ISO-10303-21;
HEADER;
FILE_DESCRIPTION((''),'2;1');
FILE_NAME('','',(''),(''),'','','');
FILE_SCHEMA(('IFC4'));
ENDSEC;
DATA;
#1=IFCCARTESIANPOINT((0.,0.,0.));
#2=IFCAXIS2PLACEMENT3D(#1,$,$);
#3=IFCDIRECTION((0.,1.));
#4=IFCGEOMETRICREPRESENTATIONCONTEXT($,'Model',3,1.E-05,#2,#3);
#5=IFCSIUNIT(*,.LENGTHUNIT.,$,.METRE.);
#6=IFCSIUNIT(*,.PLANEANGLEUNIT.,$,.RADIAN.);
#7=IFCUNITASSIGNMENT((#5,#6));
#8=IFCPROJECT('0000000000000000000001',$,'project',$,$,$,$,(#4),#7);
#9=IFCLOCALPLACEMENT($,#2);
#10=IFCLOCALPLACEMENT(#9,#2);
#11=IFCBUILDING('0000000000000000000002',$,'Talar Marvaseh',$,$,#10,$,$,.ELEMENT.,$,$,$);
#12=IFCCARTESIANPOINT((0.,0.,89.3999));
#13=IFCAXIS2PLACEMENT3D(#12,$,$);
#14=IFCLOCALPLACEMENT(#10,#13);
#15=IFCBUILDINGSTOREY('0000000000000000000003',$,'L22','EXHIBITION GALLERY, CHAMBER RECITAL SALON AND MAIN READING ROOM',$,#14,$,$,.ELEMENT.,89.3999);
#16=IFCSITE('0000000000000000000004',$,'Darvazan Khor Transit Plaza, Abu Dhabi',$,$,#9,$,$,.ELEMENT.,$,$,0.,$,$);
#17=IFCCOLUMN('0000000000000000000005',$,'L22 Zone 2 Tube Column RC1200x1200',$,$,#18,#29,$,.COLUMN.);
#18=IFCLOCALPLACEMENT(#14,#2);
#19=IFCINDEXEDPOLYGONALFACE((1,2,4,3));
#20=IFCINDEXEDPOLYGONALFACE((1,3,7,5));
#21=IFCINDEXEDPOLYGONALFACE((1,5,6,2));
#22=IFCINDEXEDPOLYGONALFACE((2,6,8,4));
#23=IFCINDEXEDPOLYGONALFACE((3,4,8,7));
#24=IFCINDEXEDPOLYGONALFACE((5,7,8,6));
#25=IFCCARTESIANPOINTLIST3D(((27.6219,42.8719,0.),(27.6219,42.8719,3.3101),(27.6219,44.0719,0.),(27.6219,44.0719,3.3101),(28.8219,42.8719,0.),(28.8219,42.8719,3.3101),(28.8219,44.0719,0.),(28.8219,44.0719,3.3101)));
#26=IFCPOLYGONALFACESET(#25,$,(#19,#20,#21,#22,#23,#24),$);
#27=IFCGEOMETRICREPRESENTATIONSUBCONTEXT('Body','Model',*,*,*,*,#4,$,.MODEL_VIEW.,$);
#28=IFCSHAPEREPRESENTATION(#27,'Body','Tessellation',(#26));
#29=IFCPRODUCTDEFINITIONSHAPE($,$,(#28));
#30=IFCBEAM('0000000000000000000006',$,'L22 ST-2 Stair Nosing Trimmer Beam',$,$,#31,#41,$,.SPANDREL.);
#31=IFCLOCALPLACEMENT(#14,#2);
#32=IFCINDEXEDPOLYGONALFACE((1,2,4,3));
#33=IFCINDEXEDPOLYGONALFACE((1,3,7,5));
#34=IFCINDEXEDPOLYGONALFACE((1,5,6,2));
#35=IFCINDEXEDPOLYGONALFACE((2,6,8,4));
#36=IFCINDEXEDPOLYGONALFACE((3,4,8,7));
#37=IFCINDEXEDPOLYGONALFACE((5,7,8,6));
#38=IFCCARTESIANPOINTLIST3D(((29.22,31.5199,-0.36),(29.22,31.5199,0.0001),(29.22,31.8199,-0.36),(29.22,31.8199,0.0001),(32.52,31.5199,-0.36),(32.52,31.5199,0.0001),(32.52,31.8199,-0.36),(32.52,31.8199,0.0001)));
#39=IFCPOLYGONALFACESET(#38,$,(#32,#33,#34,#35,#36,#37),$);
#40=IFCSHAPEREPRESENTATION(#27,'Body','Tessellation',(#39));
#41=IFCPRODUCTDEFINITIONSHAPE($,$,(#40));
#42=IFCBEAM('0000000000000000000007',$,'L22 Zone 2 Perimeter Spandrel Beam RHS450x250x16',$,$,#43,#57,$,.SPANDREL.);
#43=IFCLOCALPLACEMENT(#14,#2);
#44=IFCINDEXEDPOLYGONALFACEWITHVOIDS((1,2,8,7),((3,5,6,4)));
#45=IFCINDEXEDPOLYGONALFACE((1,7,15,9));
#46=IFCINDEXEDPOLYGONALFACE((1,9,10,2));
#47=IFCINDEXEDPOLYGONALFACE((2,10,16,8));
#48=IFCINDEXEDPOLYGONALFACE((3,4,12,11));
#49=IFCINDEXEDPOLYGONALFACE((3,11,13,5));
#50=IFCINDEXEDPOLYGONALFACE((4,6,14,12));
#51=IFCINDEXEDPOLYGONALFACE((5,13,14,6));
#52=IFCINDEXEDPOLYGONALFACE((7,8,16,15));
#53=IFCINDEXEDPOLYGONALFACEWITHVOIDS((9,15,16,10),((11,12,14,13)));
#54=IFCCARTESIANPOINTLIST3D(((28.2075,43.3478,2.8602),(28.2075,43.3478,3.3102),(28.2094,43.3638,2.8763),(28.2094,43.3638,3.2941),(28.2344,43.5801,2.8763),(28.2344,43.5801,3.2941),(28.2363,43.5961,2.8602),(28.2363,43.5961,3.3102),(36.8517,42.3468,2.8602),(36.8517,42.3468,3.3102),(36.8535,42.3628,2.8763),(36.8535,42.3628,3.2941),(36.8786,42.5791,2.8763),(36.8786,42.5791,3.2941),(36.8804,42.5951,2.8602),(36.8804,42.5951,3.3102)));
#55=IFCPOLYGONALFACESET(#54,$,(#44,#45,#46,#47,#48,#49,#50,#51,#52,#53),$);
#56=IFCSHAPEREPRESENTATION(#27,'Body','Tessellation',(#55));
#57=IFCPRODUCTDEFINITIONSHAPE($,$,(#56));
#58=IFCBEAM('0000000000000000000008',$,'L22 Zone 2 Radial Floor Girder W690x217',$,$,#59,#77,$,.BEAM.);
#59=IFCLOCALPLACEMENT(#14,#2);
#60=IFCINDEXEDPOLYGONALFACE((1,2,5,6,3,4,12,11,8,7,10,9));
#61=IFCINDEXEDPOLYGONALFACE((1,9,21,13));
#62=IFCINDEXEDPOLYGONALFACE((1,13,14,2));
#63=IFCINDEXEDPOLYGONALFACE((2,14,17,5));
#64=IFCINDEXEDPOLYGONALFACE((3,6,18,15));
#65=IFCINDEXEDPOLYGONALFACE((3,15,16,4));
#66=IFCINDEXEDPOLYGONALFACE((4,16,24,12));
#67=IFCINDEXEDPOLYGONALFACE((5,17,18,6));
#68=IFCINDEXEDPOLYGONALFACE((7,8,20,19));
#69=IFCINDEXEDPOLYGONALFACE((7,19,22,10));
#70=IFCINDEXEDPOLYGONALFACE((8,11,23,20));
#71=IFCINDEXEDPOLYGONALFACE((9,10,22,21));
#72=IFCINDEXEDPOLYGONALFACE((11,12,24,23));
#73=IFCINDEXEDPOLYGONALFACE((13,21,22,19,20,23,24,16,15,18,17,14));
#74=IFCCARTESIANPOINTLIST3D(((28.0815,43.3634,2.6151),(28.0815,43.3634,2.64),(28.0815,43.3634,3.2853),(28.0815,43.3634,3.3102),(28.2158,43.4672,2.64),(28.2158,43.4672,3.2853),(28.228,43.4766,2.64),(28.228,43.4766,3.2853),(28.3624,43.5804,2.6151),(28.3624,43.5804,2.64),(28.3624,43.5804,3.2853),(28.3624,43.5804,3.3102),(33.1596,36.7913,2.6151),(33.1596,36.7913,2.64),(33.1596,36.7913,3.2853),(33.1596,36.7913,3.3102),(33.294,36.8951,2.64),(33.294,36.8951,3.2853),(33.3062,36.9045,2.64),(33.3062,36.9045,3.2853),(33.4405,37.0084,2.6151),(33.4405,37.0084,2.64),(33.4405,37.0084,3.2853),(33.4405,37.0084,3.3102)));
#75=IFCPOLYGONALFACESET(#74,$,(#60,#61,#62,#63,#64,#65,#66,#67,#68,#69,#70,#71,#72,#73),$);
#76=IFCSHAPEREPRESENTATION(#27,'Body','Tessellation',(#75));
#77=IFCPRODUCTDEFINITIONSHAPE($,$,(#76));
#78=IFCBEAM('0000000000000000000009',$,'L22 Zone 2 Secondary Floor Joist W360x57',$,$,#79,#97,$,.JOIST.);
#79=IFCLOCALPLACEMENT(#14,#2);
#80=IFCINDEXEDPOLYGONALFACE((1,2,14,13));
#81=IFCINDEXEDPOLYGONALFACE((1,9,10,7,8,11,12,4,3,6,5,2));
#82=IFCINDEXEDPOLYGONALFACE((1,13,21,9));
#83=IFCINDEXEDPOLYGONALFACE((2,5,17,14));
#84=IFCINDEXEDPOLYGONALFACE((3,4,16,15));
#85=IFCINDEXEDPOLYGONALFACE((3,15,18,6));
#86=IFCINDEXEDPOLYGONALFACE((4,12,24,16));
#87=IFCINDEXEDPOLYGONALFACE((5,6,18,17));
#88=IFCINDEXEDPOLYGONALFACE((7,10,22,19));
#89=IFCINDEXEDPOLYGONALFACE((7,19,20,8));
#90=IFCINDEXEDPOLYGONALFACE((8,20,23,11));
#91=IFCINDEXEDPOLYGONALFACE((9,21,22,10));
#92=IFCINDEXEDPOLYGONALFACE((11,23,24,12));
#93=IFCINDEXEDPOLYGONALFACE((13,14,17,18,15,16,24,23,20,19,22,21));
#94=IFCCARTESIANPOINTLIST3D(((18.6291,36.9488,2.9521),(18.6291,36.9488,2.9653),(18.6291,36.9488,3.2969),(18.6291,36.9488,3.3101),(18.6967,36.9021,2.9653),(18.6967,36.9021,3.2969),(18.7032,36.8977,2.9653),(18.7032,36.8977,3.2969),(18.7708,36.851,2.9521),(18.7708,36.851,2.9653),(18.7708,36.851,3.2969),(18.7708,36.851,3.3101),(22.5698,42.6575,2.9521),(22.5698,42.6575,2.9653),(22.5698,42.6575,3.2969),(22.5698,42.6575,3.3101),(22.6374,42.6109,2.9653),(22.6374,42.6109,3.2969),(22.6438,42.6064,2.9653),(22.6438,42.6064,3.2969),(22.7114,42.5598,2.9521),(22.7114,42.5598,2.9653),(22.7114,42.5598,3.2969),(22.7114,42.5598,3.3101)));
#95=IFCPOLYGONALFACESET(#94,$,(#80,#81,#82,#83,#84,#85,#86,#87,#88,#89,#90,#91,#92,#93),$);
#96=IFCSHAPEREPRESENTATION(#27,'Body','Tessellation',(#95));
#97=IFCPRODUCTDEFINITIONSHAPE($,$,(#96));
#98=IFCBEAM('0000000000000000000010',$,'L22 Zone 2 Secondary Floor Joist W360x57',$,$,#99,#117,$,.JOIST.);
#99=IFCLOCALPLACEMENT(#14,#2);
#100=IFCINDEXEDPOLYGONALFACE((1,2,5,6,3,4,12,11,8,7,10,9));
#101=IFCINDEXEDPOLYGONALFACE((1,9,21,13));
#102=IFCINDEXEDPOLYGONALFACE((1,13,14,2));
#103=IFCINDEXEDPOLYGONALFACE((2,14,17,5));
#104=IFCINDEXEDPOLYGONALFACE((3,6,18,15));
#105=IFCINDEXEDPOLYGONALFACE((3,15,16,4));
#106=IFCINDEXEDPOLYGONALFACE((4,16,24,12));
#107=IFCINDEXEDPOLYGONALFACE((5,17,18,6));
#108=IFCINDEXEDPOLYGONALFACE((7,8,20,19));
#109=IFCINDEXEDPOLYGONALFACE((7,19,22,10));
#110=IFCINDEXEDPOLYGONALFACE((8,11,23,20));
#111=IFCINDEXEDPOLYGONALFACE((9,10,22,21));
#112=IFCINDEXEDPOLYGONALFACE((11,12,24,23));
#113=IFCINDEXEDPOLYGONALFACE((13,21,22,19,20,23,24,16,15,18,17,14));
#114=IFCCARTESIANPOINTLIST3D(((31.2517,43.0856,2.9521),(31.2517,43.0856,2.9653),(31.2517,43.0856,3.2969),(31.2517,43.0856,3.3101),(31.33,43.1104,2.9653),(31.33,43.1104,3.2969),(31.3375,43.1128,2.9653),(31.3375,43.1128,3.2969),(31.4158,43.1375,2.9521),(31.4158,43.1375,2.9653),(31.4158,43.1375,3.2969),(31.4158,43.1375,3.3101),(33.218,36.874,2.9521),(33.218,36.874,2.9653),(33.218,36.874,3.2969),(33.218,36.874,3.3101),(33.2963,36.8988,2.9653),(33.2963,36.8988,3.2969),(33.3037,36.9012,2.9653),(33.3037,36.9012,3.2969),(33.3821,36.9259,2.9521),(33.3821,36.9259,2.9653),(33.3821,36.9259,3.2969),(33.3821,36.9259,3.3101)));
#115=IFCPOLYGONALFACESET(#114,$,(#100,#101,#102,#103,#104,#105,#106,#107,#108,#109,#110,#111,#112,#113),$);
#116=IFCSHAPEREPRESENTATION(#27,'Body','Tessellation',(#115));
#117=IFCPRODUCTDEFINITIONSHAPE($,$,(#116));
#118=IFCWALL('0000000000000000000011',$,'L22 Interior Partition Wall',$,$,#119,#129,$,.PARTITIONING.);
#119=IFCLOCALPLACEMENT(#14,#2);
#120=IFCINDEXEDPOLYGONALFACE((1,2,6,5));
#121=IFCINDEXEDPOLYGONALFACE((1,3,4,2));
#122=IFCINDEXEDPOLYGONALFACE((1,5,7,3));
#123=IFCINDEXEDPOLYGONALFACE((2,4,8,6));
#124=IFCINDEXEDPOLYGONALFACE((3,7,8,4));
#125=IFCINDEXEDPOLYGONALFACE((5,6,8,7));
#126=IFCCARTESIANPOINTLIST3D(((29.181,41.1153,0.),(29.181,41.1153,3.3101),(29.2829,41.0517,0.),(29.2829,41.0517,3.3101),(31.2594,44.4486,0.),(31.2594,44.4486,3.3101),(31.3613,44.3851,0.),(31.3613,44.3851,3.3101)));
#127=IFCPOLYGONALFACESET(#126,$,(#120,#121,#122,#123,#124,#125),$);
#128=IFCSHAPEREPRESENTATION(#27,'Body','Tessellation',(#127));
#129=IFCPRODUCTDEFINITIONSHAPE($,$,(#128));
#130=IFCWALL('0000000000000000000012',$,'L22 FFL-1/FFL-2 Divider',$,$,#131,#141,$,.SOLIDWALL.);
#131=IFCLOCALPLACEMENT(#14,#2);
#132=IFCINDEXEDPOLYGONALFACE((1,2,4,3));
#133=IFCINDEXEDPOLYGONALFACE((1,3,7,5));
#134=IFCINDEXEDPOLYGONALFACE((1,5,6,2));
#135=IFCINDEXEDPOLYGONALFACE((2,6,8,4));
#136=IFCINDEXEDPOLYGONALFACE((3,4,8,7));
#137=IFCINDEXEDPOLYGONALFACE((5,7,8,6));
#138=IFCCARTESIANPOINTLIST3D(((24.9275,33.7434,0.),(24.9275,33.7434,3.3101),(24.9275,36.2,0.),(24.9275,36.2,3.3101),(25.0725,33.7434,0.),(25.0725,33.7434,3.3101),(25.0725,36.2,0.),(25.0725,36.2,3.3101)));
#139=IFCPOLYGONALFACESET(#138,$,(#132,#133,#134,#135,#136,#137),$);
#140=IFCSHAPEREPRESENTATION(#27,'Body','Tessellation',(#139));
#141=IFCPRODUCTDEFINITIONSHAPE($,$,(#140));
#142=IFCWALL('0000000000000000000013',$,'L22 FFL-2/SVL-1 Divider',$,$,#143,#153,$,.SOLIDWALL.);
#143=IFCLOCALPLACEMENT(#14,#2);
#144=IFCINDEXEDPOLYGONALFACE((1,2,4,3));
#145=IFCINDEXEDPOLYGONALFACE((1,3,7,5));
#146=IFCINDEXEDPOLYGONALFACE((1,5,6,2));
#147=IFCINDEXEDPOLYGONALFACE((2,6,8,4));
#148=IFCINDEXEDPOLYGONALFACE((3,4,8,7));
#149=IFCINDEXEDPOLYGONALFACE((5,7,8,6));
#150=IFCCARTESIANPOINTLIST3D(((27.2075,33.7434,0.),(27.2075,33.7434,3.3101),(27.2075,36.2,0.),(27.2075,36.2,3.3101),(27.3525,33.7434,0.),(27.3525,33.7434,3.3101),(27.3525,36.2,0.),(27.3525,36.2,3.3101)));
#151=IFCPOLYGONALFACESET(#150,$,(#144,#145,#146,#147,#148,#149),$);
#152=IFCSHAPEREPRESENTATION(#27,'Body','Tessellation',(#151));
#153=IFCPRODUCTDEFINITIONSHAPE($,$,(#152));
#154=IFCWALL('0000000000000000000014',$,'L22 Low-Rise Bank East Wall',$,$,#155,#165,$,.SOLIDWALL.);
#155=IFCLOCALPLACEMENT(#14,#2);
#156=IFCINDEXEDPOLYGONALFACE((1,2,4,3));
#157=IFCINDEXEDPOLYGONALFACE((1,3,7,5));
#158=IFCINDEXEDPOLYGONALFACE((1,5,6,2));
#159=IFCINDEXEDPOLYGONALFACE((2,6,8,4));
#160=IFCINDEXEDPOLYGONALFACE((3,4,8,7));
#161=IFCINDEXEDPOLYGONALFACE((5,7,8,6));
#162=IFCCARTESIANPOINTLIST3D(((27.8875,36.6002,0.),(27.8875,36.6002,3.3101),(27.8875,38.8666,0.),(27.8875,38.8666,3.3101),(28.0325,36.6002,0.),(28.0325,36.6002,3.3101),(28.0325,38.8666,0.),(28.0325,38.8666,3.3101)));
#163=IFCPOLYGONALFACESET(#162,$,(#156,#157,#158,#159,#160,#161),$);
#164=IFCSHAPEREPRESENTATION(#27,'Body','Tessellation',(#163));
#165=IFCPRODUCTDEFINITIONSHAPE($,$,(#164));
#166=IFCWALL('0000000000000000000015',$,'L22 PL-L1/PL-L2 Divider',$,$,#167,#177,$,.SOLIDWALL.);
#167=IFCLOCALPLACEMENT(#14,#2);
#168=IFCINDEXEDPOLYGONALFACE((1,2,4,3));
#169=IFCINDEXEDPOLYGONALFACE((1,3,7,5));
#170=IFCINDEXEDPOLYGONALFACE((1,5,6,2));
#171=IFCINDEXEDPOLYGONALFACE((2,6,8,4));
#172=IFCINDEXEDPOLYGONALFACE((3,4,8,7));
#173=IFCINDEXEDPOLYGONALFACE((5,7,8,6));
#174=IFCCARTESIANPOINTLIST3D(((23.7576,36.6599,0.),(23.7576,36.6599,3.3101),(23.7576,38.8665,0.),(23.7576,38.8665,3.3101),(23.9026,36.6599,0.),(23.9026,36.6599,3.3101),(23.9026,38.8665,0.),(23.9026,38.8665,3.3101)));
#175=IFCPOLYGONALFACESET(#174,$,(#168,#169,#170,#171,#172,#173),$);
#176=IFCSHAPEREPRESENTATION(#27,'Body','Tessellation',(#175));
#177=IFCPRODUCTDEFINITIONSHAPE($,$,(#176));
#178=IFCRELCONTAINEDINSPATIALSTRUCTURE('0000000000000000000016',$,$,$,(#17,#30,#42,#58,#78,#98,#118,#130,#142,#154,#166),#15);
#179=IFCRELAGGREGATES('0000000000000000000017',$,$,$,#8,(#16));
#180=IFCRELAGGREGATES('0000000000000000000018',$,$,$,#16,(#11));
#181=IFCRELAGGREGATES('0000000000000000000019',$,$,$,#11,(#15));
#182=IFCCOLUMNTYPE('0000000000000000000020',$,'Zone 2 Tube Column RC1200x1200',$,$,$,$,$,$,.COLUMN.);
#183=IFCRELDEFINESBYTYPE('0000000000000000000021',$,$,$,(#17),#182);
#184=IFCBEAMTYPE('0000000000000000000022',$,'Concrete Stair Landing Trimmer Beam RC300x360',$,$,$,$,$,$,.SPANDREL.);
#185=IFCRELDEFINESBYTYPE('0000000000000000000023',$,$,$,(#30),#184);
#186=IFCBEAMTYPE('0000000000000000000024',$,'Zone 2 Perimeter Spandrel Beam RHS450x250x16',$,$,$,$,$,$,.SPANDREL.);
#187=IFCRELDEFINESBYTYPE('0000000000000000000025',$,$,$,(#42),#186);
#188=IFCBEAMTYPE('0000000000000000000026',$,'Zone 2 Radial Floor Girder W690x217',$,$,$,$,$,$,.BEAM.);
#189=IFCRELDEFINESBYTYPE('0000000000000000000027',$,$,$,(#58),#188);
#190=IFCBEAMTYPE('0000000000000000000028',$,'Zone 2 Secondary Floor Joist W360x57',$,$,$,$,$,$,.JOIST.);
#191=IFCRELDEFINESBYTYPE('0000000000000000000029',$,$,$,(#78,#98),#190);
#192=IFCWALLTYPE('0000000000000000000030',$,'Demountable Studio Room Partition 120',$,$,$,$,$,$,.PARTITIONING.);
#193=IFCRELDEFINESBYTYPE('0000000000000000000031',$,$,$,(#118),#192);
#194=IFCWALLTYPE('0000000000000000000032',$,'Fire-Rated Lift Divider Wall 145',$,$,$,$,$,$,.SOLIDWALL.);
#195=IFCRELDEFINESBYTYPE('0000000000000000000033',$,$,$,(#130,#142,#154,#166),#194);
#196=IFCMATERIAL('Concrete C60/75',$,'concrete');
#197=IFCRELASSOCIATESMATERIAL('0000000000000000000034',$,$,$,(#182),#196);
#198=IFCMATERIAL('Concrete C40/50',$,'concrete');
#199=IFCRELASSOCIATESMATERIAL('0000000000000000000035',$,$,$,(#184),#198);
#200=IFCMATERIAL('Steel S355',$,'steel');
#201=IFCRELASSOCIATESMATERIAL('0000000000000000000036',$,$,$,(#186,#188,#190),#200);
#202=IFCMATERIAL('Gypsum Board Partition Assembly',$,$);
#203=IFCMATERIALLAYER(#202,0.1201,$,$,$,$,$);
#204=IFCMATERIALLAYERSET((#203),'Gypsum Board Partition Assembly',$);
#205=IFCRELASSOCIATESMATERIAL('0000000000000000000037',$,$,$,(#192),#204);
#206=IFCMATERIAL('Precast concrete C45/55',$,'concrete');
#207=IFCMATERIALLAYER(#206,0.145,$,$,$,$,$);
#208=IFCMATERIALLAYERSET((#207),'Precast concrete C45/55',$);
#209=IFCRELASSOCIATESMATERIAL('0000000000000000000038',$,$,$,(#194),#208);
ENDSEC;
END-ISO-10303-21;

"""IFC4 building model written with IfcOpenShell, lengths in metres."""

from ifc_helpers import new_model, si_unit, direction, frame, frame_2d, origin, origin_2d, place, context, subcontext, project, spatial, rectangle, hollow_rectangle, i_section, extrude, material, layer, layer_set, material_profile, profile_set, type_object, element, save


model = new_model("IFC4")

# Units and contexts
model_context = context("Model", 3, precision=1e-05, world=origin(), true_north=direction((0.0, 1.0)))
body_context = subcontext(model_context, "Body", "Model", "MODEL_VIEW")
ifc_project = project(units=[si_unit("LENGTHUNIT", "METRE"), si_unit("PLANEANGLEUNIT", "RADIAN")], contexts=[model_context])

# Site, building, storey
site_placement = place(None, origin())
site = spatial("IfcSite", under=ifc_project, at=site_placement, Name="Darvazan Khor Transit Plaza, Abu Dhabi", CompositionType="ELEMENT", RefElevation=0.0)
building_placement = place(site_placement, origin())
building = spatial("IfcBuilding", under=site, at=building_placement, Name="Talar Marvaseh", CompositionType="ELEMENT")
storey_placement = place(building_placement, frame((0.0, 0.0, 89.3999)))
storey = spatial("IfcBuildingStorey", under=building, at=storey_placement, Name="L22", Description="EXHIBITION GALLERY, CHAMBER RECITAL SALON AND MAIN READING ROOM", CompositionType="ELEMENT", Elevation=89.3999)

# Column
ifc_material_1 = material(Name="Concrete C60/75", Category="concrete")
ifc_material_profile_1 = material_profile(ifc_material_1, rectangle(XDim=1.2, YDim=1.2, at=origin_2d()), Name="RC1200x1200")
ifc_profile_set_1 = profile_set([ifc_material_profile_1], Name="Concrete C60/75")
column_type = type_object("IfcColumnType", Name="Zone 2 Tube Column RC1200x1200", PredefinedType="COLUMN", material=ifc_profile_set_1)
column_placement = place(storey_placement, frame((28.2219, 43.4719, 0.0), z_axis=(0.0, 0.0, 1.0), x_axis=(1.0, 0.0, 0.0)))
element("IfcColumn", 1, at=column_placement, inside=storey, type_object=column_type, Name="L22 Zone 2 Tube Column RC1200x1200", PredefinedType="COLUMN", context=body_context, shape_type="SweptSolid", body=[
    extrude(rectangle(XDim=1.2, YDim=1.2, at=origin_2d()), origin(), (0.0, 0.0, 1.0), 3.3101),
])

# Beams
ifc_material_2 = material(Name="Concrete C40/50", Category="concrete")
ifc_material_profile_2 = material_profile(ifc_material_2, rectangle(XDim=0.3, YDim=0.3601, at=origin_2d()), Name="RC300x360")
ifc_profile_set_2 = profile_set([ifc_material_profile_2], Name="Concrete C40/50")
beam_type_1 = type_object("IfcBeamType", Name="Concrete Stair Landing Trimmer Beam RC300x360", PredefinedType="SPANDREL", material=ifc_profile_set_2)
beam_1_placement = place(storey_placement, frame((29.22, 31.6699, -0.1799), z_axis=(1.0, 0.0, 0.0), x_axis=(0.0, 1.0, 0.0)))
element("IfcBeam", 2, at=beam_1_placement, inside=storey, type_object=beam_type_1, Name="L22 ST-2 Stair Nosing Trimmer Beam", PredefinedType="SPANDREL", context=body_context, shape_type="SweptSolid", body=[
    extrude(rectangle(XDim=0.3, YDim=0.3601, at=origin_2d()), origin(), (0.0, 0.0, 1.0), 3.3),
])
ifc_material_3 = material(Name="Steel S355", Category="steel")
ifc_material_profile_3 = material_profile(ifc_material_3, hollow_rectangle(XDim=0.25, YDim=0.45, WallThickness=0.0161, at=origin_2d()), Name="RHS450x250x16")
ifc_profile_set_3 = profile_set([ifc_material_profile_3], Name="Steel S355")
beam_type_2 = type_object("IfcBeamType", Name="Zone 2 Perimeter Spandrel Beam RHS450x250x16", PredefinedType="SPANDREL", material=ifc_profile_set_3)
beam_2_placement = place(storey_placement, frame((28.2219, 43.4719, 3.0852), z_axis=(0.993362, -0.115031, 0.0), x_axis=(0.115031, 0.993362, 0.0)))
element("IfcBeam", 3, at=beam_2_placement, inside=storey, type_object=beam_type_2, Name="L22 Zone 2 Perimeter Spandrel Beam RHS450x250x16", PredefinedType="SPANDREL", context=body_context, shape_type="SweptSolid", body=[
    extrude(hollow_rectangle(XDim=0.25, YDim=0.45, WallThickness=0.0161, at=origin_2d()), origin(), (0.0, 0.0, 1.0), 8.7019),
])
ifc_material_profile_4 = material_profile(ifc_material_3, i_section(OverallWidth=0.355, OverallDepth=0.6951, WebThickness=0.0154, FlangeThickness=0.0249, at=origin_2d()), Name="W690x217")
ifc_profile_set_4 = profile_set([ifc_material_profile_4], Name="Steel S355")
beam_type_3 = type_object("IfcBeamType", Name="Zone 2 Radial Floor Girder W690x217", PredefinedType="BEAM", material=ifc_profile_set_4)
beam_3_placement = place(storey_placement, frame((28.2219, 43.4719, 2.9626), z_axis=(0.611428, -0.7913, 0.0), x_axis=(0.7913, 0.611428, 0.0)))
element("IfcBeam", 4, at=beam_3_placement, inside=storey, type_object=beam_type_3, Name="L22 Zone 2 Radial Floor Girder W690x217", PredefinedType="BEAM", context=body_context, shape_type="SweptSolid", body=[
    extrude(i_section(OverallWidth=0.355, OverallDepth=0.6951, WebThickness=0.0154, FlangeThickness=0.0249, at=origin_2d()), origin(), (0.0, 0.0, 1.0), 8.3054),
])
ifc_material_profile_5 = material_profile(ifc_material_3, i_section(OverallWidth=0.1721, OverallDepth=0.3579, WebThickness=0.0078, FlangeThickness=0.0132, at=origin_2d()), Name="W360x57")
ifc_profile_set_5 = profile_set([ifc_material_profile_5], Name="Steel S355")
beam_type_4 = type_object("IfcBeamType", Name="Zone 2 Secondary Floor Joist W360x57", PredefinedType="JOIST", material=ifc_profile_set_5)
beam_4_placement = place(storey_placement, frame((22.6406, 42.6086, 3.1311), z_axis=(-0.568086, -0.822969, 0.0), x_axis=(0.822969, -0.568086, 0.0)))
element("IfcBeam", 5, at=beam_4_placement, inside=storey, type_object=beam_type_4, Name="L22 Zone 2 Secondary Floor Joist W360x57", PredefinedType="JOIST", context=body_context, shape_type="SweptSolid", body=[
    extrude(i_section(OverallWidth=0.1721, OverallDepth=0.3579, WebThickness=0.0078, FlangeThickness=0.0132, at=origin_2d()), origin(), (0.0, 0.0, 1.0), 6.9368),
])
beam_5_placement = place(storey_placement, frame((31.3337, 43.1116, 3.1311), z_axis=(0.301791, -0.953374, 0.0), x_axis=(0.953374, 0.301791, 0.0)))
element("IfcBeam", 6, at=beam_5_placement, inside=storey, type_object=beam_type_4, Name="L22 Zone 2 Secondary Floor Joist W360x57", PredefinedType="JOIST", context=body_context, shape_type="SweptSolid", body=[
    extrude(i_section(OverallWidth=0.1721, OverallDepth=0.3579, WebThickness=0.0078, FlangeThickness=0.0132, at=origin_2d()), origin(), (0.0, 0.0, 1.0), 6.5154),
])

# Walls
ifc_material_4 = material(Name="Gypsum Board Partition Assembly")
ifc_layer_1 = layer(ifc_material_4, 0.1201)
ifc_layer_set_1 = layer_set([ifc_layer_1], Name="Gypsum Board Partition Assembly")
wall_type_1 = type_object("IfcWallType", Name="Demountable Studio Room Partition 120", PredefinedType="PARTITIONING", material=ifc_layer_set_1)
wall_1_placement = place(storey_placement, frame((29.2319, 41.0835, 0.0), z_axis=(0.0, 0.0, 1.0), x_axis=(0.529099, 0.84856, 0.0)))
element("IfcWall", 7, at=wall_1_placement, inside=storey, type_object=wall_type_1, Name="L22 Interior Partition Wall", PredefinedType="PARTITIONING", context=body_context, shape_type="SweptSolid", body=[
    extrude(rectangle(XDim=3.9282, YDim=0.1201, at=frame_2d((1.9641, 0.0))), origin(), (0.0, 0.0, 1.0), 3.3101),
])
ifc_material_5 = material(Name="Precast concrete C45/55", Category="concrete")
ifc_layer_2 = layer(ifc_material_5, 0.145)
ifc_layer_set_2 = layer_set([ifc_layer_2], Name="Precast concrete C45/55")
wall_type_2 = type_object("IfcWallType", Name="Fire-Rated Lift Divider Wall 145", PredefinedType="SOLIDWALL", material=ifc_layer_set_2)
for number, where, z_axis, x_axis, name in (
    (8, (25.0, 33.7434, 0.0), (0.0, 0.0, 1.0), (0.0, 1.0, 0.0), "L22 FFL-1/FFL-2 Divider"),
    (9, (27.28, 33.7434, 0.0), (0.0, 0.0, 1.0), (0.0, 1.0, 0.0), "L22 FFL-2/SVL-1 Divider"),
):
    element("IfcWall", number, at=place(storey_placement, frame(where, z_axis=z_axis, x_axis=x_axis)), inside=storey, type_object=wall_type_2, Name=name, PredefinedType="SOLIDWALL", context=body_context, shape_type="SweptSolid", body=[
        extrude(rectangle(XDim=2.4565, YDim=0.145, at=frame_2d((1.2283, 0.0))), origin(), (0.0, 0.0, 1.0), 3.3101),
    ])
wall_2_placement = place(storey_placement, frame((27.96, 36.6001, 0.0), z_axis=(0.0, 0.0, 1.0), x_axis=(0.0, 1.0, 0.0)))
element("IfcWall", 10, at=wall_2_placement, inside=storey, type_object=wall_type_2, Name="L22 Low-Rise Bank East Wall", PredefinedType="SOLIDWALL", context=body_context, shape_type="SweptSolid", body=[
    extrude(rectangle(XDim=2.2664, YDim=0.145, at=frame_2d((1.1333, 0.0))), origin(), (0.0, 0.0, 1.0), 3.3101),
])
for number, where, z_axis, x_axis, name in (
    (11, (23.8301, 36.6599, 0.0), (0.0, 0.0, 1.0), (0.0, 1.0, 0.0), "L22 PL-L1/PL-L2 Divider"),
):
    element("IfcWall", number, at=place(storey_placement, frame(where, z_axis=z_axis, x_axis=x_axis)), inside=storey, type_object=wall_type_2, Name=name, PredefinedType="SOLIDWALL", context=body_context, shape_type="SweptSolid", body=[
        extrude(rectangle(XDim=2.2065, YDim=0.145, at=frame_2d((1.1033, 0.0))), origin(), (0.0, 0.0, 1.0), 3.3101),
    ])

save(model, "model.ifc")
